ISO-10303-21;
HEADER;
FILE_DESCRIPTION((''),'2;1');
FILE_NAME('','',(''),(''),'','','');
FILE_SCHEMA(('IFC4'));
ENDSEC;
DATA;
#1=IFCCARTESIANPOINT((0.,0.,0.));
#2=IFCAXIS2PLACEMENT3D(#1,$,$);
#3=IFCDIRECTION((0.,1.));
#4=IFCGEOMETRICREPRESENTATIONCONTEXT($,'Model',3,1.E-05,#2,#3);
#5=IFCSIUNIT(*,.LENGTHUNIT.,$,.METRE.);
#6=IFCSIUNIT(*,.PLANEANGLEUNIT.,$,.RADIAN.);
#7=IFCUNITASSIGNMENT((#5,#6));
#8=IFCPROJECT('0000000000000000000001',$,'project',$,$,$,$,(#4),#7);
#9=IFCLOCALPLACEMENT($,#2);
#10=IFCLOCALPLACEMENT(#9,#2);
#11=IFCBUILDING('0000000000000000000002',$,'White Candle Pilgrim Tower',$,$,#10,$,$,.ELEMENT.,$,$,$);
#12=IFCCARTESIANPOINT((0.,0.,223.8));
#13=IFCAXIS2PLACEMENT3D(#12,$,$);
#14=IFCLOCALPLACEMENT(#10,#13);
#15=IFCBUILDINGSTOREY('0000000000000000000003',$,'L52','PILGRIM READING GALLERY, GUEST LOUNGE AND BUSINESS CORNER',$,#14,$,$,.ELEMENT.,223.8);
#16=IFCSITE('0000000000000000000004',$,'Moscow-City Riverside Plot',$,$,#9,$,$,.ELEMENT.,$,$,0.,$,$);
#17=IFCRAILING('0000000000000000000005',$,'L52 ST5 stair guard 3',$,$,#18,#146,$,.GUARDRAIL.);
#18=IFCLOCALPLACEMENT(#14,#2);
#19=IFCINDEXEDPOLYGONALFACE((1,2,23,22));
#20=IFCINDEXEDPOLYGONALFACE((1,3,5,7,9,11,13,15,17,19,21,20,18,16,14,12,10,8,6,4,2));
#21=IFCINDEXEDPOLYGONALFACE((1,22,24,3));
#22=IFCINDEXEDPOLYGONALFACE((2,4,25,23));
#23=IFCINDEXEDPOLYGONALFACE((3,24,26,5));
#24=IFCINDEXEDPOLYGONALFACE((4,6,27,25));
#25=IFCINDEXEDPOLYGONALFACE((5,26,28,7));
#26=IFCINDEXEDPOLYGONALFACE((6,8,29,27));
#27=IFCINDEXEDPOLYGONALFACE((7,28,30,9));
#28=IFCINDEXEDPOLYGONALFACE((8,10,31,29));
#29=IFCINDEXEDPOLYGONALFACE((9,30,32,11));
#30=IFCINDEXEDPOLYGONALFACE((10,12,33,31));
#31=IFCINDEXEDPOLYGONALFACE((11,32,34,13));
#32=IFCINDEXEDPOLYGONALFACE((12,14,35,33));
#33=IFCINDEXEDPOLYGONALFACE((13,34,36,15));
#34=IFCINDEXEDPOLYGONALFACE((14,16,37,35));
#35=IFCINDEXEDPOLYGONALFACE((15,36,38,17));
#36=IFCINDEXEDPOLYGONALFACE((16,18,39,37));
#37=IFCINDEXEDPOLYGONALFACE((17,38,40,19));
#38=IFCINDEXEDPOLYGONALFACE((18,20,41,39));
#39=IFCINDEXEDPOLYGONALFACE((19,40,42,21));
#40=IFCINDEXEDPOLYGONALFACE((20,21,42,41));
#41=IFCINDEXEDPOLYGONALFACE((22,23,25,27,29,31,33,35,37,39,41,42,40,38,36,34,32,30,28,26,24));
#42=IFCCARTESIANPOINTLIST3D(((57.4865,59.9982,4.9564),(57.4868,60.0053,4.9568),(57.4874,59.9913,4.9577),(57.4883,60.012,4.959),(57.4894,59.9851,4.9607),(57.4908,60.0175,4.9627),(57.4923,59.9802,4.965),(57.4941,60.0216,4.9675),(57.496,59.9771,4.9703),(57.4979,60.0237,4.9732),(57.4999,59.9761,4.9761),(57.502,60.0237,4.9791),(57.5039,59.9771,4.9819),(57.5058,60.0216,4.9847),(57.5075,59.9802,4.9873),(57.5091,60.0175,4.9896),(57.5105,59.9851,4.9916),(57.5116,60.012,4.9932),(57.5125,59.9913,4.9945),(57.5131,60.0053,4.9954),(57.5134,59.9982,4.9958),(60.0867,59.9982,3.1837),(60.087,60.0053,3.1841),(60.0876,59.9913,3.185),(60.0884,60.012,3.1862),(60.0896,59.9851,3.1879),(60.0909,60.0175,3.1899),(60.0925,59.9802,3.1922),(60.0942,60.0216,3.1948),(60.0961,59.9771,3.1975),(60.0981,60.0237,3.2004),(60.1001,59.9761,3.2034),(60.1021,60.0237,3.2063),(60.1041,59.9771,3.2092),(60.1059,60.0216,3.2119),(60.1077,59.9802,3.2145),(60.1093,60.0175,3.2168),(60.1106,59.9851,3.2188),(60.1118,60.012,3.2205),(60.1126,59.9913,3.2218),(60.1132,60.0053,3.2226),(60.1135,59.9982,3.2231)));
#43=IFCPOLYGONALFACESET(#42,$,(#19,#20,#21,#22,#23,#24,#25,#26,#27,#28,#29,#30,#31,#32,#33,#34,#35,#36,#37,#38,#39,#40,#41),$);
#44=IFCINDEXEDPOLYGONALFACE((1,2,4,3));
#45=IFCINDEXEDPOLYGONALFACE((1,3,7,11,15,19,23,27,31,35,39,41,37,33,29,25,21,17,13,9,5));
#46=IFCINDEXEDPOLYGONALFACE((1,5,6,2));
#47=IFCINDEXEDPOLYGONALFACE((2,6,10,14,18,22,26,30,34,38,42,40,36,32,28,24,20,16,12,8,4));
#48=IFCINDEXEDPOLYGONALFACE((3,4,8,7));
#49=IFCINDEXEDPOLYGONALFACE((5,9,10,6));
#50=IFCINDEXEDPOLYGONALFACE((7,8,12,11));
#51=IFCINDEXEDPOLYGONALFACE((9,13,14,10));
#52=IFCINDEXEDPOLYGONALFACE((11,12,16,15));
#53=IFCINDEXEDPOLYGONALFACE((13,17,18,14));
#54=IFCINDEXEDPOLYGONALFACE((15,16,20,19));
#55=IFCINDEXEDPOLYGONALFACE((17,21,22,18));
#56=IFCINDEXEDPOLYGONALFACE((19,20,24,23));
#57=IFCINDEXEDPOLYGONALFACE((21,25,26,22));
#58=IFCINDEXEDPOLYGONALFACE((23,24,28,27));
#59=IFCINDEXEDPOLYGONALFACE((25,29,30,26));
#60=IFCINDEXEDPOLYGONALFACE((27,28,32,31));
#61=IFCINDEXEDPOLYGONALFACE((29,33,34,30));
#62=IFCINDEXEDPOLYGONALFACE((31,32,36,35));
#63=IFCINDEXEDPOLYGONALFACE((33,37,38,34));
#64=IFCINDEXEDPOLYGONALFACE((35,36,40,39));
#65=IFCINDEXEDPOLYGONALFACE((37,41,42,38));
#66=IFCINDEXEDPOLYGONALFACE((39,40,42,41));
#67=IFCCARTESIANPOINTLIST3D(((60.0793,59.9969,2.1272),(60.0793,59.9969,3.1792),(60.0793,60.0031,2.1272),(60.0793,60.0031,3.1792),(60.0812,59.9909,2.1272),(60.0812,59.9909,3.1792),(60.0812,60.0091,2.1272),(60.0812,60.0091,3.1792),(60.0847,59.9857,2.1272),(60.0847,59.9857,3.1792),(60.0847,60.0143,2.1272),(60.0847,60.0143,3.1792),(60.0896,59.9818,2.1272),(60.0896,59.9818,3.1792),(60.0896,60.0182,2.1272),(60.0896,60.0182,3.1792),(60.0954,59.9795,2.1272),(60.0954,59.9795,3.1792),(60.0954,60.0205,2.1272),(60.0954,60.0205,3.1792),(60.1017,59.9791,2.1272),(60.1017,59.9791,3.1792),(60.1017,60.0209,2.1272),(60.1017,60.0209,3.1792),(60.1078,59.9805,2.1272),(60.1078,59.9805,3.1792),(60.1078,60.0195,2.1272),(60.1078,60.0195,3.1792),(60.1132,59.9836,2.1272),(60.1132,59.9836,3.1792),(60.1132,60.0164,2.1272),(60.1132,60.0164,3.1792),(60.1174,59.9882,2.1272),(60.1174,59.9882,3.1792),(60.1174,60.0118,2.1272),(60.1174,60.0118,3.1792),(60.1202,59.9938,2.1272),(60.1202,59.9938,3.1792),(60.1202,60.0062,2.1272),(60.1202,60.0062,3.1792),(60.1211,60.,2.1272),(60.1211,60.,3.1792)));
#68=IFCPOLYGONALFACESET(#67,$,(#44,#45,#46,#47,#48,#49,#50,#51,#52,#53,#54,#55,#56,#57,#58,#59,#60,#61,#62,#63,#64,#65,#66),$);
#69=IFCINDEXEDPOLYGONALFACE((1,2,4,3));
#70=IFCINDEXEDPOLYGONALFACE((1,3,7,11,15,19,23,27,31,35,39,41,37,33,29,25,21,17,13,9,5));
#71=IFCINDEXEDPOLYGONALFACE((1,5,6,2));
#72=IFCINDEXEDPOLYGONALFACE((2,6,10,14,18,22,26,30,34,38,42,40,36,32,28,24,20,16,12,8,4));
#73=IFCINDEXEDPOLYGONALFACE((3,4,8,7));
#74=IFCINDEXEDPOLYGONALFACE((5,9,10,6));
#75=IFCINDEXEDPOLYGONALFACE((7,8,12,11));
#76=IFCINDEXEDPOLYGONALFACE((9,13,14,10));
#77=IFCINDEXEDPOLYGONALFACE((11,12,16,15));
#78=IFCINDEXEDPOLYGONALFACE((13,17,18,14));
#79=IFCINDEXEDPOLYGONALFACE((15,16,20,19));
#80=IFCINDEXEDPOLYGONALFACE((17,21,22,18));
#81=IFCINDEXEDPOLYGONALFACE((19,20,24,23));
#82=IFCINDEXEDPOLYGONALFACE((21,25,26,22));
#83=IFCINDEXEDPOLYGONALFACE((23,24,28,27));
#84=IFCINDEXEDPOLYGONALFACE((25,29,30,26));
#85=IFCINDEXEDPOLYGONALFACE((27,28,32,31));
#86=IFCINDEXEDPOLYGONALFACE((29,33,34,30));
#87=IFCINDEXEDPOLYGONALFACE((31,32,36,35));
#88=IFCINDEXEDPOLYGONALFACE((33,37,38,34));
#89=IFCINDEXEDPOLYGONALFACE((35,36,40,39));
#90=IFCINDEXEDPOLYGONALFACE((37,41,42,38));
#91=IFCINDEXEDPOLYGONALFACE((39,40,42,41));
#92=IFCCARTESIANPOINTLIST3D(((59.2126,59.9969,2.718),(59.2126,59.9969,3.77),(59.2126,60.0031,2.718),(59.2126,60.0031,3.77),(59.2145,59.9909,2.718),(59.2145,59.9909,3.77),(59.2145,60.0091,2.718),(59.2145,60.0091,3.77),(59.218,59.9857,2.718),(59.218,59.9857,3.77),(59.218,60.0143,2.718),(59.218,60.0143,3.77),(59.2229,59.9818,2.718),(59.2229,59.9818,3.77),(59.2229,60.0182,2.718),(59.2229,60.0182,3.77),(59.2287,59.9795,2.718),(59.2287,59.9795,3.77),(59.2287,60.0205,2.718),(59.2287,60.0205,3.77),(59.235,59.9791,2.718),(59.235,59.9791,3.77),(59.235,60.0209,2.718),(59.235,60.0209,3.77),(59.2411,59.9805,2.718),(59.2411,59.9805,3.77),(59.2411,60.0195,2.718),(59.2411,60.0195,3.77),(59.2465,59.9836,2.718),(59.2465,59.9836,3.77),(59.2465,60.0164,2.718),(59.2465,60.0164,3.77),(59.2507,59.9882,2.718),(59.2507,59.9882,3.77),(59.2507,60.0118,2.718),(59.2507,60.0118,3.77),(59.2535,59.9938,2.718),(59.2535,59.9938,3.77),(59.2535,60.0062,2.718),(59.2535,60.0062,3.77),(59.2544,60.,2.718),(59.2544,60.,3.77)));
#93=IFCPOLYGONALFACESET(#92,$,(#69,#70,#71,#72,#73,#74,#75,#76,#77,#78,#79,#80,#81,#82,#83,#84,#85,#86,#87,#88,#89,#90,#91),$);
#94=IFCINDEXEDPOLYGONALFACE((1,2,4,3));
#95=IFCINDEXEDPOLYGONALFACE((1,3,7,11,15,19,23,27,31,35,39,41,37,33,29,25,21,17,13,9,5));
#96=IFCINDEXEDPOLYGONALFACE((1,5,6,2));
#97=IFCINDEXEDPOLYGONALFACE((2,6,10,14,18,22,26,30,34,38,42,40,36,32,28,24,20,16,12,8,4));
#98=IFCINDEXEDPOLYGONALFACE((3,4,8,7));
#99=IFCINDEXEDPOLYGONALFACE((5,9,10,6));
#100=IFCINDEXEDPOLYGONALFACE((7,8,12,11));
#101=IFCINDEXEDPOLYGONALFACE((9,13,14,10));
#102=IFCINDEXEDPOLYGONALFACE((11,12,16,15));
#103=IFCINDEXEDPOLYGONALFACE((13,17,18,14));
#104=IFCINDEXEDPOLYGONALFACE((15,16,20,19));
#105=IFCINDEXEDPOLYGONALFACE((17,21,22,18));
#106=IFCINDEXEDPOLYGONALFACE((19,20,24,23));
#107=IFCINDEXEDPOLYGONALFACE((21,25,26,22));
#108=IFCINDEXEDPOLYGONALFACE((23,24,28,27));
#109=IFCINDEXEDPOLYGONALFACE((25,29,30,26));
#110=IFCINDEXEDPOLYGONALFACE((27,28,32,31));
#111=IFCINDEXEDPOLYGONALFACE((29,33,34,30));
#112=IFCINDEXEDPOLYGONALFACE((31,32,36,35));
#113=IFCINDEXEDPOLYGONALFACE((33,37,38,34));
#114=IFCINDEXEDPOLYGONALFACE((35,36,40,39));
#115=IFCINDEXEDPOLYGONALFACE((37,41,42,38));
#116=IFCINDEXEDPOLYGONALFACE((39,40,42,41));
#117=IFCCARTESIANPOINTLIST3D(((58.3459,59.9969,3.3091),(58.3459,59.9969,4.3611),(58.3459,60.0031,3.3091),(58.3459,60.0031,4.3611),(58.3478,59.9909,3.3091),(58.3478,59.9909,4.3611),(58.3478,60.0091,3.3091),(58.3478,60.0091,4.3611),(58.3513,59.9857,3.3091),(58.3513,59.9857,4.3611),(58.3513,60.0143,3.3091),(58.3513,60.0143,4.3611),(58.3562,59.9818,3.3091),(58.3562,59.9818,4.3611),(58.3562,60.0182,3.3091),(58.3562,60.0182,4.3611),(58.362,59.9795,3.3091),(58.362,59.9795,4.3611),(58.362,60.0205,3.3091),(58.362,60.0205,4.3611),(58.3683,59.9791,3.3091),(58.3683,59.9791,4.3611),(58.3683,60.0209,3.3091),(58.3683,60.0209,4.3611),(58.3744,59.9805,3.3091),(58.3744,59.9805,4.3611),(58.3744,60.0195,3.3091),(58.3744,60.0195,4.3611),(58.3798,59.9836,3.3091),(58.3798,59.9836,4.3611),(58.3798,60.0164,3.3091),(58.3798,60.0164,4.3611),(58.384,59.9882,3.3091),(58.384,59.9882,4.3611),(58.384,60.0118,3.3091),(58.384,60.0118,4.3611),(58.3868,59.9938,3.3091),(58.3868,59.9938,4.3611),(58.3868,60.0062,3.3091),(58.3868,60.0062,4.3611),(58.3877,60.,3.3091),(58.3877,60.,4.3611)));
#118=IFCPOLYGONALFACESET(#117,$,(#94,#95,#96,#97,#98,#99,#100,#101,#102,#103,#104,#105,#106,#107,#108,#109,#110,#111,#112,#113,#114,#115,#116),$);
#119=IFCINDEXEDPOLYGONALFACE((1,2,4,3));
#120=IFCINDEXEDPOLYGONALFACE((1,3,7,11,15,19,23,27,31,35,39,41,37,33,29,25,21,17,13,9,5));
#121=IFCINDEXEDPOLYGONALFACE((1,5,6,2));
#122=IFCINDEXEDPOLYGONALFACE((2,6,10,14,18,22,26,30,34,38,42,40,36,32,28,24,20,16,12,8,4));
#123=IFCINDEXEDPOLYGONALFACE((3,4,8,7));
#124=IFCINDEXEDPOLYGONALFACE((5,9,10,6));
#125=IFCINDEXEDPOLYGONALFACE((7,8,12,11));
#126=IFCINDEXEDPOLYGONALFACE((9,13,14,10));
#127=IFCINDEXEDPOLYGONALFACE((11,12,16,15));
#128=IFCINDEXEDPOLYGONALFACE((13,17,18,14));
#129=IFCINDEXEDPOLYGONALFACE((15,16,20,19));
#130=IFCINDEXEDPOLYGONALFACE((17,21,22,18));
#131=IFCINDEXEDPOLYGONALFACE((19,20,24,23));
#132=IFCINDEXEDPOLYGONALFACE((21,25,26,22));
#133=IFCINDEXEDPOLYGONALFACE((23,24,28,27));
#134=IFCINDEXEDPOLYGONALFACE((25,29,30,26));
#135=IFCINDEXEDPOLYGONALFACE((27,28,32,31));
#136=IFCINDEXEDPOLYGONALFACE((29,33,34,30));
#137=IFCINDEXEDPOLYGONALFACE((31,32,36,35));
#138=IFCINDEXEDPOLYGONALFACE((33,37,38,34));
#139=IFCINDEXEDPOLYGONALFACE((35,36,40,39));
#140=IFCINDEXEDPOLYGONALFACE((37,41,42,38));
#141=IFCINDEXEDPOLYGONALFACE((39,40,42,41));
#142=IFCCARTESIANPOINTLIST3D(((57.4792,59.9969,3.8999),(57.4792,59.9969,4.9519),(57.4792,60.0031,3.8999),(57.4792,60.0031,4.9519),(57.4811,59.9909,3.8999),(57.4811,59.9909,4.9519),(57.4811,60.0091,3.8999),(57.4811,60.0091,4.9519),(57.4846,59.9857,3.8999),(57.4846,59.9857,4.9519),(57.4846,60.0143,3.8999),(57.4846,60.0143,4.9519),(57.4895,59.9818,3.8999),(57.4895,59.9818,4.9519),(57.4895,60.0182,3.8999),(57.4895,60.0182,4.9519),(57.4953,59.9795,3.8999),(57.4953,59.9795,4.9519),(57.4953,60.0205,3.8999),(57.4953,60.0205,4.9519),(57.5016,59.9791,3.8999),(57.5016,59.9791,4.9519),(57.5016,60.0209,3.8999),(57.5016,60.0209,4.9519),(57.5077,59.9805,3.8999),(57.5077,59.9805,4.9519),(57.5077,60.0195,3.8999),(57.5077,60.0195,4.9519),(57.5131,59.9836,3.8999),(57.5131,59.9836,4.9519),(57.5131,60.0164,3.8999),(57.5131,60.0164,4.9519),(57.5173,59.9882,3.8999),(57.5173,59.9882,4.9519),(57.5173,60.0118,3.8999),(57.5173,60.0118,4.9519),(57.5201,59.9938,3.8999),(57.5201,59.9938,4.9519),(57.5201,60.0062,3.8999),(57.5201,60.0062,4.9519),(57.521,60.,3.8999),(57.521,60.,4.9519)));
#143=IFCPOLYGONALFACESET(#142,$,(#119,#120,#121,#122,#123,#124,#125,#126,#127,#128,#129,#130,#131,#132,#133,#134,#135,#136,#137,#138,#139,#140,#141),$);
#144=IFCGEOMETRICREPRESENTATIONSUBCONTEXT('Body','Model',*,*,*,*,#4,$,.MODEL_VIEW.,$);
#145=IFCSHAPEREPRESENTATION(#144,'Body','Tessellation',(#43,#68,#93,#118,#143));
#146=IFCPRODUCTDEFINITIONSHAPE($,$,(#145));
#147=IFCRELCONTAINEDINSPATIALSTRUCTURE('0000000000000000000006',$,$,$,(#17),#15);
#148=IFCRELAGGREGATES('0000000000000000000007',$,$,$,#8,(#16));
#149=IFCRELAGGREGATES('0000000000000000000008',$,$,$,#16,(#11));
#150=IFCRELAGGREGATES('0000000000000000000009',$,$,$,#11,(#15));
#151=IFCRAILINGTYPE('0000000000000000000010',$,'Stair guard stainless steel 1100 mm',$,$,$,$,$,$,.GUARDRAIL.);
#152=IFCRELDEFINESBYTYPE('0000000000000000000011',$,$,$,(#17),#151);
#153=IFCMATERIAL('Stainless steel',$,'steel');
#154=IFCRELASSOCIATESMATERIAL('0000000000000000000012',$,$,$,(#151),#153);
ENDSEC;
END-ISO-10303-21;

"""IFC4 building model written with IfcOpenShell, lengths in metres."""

from ifc_helpers import new_model, si_unit, direction, frame, origin, origin_2d, place, context, subcontext, project, spatial, circle, extrude, material, type_object, element, save


model = new_model("IFC4")

# Units and contexts
model_context = context("Model", 3, precision=1e-05, world=origin(), true_north=direction((0.0, 1.0)))
body_context = subcontext(model_context, "Body", "Model", "MODEL_VIEW")
ifc_project = project(units=[si_unit("LENGTHUNIT", "METRE"), si_unit("PLANEANGLEUNIT", "RADIAN")], contexts=[model_context])

# Site, building, storey
site_placement = place(None, origin())
site = spatial("IfcSite", under=ifc_project, at=site_placement, Name="Moscow-City Riverside Plot", CompositionType="ELEMENT", RefElevation=0.0)
building_placement = place(site_placement, origin())
building = spatial("IfcBuilding", under=site, at=building_placement, Name="White Candle Pilgrim Tower", CompositionType="ELEMENT")
storey_placement = place(building_placement, frame((0.0, 0.0, 223.8)))
storey = spatial("IfcBuildingStorey", under=building, at=storey_placement, Name="L52", Description="PILGRIM READING GALLERY, GUEST LOUNGE AND BUSINESS CORNER", CompositionType="ELEMENT", Elevation=223.8)

# Railing
ifc_material_1 = material(Name="Stainless steel", Category="steel")
railing_type_1 = type_object("IfcRailingType", Name="Stair guard stainless steel 1100 mm", PredefinedType="GUARDRAIL", material=ifc_material_1)
railing_1_placement = place(storey_placement, frame((60.1001, 60.0, 2.1272)))
element("IfcRailing", 1, at=railing_1_placement, inside=storey, type_object=railing_type_1, Name="L52 ST5 stair guard 3", PredefinedType="GUARDRAIL", context=body_context, shape_type="SweptSolid", body=[
    extrude(circle(Radius=0.0239, at=origin_2d()), frame((0.0, 0.0, 1.0762), z_axis=(-0.82624, 0.0, 0.563318), x_axis=(0.0, -1.0, 0.0)), (0.0, 0.0, 1.0), 3.147),
    extrude(circle(Radius=0.021, at=origin_2d()), origin(), (0.0, 0.0, 1.0), 1.052),
    extrude(circle(Radius=0.021, at=origin_2d()), frame((-0.8667, 0.0, 0.5908)), (0.0, 0.0, 1.0), 1.052),
    extrude(circle(Radius=0.021, at=origin_2d()), frame((-1.7334, 0.0, 1.1819)), (0.0, 0.0, 1.0), 1.052),
    extrude(circle(Radius=0.021, at=origin_2d()), frame((-2.6001, 0.0, 1.7727)), (0.0, 0.0, 1.0), 1.052),
])

save(model, "model.ifc")
